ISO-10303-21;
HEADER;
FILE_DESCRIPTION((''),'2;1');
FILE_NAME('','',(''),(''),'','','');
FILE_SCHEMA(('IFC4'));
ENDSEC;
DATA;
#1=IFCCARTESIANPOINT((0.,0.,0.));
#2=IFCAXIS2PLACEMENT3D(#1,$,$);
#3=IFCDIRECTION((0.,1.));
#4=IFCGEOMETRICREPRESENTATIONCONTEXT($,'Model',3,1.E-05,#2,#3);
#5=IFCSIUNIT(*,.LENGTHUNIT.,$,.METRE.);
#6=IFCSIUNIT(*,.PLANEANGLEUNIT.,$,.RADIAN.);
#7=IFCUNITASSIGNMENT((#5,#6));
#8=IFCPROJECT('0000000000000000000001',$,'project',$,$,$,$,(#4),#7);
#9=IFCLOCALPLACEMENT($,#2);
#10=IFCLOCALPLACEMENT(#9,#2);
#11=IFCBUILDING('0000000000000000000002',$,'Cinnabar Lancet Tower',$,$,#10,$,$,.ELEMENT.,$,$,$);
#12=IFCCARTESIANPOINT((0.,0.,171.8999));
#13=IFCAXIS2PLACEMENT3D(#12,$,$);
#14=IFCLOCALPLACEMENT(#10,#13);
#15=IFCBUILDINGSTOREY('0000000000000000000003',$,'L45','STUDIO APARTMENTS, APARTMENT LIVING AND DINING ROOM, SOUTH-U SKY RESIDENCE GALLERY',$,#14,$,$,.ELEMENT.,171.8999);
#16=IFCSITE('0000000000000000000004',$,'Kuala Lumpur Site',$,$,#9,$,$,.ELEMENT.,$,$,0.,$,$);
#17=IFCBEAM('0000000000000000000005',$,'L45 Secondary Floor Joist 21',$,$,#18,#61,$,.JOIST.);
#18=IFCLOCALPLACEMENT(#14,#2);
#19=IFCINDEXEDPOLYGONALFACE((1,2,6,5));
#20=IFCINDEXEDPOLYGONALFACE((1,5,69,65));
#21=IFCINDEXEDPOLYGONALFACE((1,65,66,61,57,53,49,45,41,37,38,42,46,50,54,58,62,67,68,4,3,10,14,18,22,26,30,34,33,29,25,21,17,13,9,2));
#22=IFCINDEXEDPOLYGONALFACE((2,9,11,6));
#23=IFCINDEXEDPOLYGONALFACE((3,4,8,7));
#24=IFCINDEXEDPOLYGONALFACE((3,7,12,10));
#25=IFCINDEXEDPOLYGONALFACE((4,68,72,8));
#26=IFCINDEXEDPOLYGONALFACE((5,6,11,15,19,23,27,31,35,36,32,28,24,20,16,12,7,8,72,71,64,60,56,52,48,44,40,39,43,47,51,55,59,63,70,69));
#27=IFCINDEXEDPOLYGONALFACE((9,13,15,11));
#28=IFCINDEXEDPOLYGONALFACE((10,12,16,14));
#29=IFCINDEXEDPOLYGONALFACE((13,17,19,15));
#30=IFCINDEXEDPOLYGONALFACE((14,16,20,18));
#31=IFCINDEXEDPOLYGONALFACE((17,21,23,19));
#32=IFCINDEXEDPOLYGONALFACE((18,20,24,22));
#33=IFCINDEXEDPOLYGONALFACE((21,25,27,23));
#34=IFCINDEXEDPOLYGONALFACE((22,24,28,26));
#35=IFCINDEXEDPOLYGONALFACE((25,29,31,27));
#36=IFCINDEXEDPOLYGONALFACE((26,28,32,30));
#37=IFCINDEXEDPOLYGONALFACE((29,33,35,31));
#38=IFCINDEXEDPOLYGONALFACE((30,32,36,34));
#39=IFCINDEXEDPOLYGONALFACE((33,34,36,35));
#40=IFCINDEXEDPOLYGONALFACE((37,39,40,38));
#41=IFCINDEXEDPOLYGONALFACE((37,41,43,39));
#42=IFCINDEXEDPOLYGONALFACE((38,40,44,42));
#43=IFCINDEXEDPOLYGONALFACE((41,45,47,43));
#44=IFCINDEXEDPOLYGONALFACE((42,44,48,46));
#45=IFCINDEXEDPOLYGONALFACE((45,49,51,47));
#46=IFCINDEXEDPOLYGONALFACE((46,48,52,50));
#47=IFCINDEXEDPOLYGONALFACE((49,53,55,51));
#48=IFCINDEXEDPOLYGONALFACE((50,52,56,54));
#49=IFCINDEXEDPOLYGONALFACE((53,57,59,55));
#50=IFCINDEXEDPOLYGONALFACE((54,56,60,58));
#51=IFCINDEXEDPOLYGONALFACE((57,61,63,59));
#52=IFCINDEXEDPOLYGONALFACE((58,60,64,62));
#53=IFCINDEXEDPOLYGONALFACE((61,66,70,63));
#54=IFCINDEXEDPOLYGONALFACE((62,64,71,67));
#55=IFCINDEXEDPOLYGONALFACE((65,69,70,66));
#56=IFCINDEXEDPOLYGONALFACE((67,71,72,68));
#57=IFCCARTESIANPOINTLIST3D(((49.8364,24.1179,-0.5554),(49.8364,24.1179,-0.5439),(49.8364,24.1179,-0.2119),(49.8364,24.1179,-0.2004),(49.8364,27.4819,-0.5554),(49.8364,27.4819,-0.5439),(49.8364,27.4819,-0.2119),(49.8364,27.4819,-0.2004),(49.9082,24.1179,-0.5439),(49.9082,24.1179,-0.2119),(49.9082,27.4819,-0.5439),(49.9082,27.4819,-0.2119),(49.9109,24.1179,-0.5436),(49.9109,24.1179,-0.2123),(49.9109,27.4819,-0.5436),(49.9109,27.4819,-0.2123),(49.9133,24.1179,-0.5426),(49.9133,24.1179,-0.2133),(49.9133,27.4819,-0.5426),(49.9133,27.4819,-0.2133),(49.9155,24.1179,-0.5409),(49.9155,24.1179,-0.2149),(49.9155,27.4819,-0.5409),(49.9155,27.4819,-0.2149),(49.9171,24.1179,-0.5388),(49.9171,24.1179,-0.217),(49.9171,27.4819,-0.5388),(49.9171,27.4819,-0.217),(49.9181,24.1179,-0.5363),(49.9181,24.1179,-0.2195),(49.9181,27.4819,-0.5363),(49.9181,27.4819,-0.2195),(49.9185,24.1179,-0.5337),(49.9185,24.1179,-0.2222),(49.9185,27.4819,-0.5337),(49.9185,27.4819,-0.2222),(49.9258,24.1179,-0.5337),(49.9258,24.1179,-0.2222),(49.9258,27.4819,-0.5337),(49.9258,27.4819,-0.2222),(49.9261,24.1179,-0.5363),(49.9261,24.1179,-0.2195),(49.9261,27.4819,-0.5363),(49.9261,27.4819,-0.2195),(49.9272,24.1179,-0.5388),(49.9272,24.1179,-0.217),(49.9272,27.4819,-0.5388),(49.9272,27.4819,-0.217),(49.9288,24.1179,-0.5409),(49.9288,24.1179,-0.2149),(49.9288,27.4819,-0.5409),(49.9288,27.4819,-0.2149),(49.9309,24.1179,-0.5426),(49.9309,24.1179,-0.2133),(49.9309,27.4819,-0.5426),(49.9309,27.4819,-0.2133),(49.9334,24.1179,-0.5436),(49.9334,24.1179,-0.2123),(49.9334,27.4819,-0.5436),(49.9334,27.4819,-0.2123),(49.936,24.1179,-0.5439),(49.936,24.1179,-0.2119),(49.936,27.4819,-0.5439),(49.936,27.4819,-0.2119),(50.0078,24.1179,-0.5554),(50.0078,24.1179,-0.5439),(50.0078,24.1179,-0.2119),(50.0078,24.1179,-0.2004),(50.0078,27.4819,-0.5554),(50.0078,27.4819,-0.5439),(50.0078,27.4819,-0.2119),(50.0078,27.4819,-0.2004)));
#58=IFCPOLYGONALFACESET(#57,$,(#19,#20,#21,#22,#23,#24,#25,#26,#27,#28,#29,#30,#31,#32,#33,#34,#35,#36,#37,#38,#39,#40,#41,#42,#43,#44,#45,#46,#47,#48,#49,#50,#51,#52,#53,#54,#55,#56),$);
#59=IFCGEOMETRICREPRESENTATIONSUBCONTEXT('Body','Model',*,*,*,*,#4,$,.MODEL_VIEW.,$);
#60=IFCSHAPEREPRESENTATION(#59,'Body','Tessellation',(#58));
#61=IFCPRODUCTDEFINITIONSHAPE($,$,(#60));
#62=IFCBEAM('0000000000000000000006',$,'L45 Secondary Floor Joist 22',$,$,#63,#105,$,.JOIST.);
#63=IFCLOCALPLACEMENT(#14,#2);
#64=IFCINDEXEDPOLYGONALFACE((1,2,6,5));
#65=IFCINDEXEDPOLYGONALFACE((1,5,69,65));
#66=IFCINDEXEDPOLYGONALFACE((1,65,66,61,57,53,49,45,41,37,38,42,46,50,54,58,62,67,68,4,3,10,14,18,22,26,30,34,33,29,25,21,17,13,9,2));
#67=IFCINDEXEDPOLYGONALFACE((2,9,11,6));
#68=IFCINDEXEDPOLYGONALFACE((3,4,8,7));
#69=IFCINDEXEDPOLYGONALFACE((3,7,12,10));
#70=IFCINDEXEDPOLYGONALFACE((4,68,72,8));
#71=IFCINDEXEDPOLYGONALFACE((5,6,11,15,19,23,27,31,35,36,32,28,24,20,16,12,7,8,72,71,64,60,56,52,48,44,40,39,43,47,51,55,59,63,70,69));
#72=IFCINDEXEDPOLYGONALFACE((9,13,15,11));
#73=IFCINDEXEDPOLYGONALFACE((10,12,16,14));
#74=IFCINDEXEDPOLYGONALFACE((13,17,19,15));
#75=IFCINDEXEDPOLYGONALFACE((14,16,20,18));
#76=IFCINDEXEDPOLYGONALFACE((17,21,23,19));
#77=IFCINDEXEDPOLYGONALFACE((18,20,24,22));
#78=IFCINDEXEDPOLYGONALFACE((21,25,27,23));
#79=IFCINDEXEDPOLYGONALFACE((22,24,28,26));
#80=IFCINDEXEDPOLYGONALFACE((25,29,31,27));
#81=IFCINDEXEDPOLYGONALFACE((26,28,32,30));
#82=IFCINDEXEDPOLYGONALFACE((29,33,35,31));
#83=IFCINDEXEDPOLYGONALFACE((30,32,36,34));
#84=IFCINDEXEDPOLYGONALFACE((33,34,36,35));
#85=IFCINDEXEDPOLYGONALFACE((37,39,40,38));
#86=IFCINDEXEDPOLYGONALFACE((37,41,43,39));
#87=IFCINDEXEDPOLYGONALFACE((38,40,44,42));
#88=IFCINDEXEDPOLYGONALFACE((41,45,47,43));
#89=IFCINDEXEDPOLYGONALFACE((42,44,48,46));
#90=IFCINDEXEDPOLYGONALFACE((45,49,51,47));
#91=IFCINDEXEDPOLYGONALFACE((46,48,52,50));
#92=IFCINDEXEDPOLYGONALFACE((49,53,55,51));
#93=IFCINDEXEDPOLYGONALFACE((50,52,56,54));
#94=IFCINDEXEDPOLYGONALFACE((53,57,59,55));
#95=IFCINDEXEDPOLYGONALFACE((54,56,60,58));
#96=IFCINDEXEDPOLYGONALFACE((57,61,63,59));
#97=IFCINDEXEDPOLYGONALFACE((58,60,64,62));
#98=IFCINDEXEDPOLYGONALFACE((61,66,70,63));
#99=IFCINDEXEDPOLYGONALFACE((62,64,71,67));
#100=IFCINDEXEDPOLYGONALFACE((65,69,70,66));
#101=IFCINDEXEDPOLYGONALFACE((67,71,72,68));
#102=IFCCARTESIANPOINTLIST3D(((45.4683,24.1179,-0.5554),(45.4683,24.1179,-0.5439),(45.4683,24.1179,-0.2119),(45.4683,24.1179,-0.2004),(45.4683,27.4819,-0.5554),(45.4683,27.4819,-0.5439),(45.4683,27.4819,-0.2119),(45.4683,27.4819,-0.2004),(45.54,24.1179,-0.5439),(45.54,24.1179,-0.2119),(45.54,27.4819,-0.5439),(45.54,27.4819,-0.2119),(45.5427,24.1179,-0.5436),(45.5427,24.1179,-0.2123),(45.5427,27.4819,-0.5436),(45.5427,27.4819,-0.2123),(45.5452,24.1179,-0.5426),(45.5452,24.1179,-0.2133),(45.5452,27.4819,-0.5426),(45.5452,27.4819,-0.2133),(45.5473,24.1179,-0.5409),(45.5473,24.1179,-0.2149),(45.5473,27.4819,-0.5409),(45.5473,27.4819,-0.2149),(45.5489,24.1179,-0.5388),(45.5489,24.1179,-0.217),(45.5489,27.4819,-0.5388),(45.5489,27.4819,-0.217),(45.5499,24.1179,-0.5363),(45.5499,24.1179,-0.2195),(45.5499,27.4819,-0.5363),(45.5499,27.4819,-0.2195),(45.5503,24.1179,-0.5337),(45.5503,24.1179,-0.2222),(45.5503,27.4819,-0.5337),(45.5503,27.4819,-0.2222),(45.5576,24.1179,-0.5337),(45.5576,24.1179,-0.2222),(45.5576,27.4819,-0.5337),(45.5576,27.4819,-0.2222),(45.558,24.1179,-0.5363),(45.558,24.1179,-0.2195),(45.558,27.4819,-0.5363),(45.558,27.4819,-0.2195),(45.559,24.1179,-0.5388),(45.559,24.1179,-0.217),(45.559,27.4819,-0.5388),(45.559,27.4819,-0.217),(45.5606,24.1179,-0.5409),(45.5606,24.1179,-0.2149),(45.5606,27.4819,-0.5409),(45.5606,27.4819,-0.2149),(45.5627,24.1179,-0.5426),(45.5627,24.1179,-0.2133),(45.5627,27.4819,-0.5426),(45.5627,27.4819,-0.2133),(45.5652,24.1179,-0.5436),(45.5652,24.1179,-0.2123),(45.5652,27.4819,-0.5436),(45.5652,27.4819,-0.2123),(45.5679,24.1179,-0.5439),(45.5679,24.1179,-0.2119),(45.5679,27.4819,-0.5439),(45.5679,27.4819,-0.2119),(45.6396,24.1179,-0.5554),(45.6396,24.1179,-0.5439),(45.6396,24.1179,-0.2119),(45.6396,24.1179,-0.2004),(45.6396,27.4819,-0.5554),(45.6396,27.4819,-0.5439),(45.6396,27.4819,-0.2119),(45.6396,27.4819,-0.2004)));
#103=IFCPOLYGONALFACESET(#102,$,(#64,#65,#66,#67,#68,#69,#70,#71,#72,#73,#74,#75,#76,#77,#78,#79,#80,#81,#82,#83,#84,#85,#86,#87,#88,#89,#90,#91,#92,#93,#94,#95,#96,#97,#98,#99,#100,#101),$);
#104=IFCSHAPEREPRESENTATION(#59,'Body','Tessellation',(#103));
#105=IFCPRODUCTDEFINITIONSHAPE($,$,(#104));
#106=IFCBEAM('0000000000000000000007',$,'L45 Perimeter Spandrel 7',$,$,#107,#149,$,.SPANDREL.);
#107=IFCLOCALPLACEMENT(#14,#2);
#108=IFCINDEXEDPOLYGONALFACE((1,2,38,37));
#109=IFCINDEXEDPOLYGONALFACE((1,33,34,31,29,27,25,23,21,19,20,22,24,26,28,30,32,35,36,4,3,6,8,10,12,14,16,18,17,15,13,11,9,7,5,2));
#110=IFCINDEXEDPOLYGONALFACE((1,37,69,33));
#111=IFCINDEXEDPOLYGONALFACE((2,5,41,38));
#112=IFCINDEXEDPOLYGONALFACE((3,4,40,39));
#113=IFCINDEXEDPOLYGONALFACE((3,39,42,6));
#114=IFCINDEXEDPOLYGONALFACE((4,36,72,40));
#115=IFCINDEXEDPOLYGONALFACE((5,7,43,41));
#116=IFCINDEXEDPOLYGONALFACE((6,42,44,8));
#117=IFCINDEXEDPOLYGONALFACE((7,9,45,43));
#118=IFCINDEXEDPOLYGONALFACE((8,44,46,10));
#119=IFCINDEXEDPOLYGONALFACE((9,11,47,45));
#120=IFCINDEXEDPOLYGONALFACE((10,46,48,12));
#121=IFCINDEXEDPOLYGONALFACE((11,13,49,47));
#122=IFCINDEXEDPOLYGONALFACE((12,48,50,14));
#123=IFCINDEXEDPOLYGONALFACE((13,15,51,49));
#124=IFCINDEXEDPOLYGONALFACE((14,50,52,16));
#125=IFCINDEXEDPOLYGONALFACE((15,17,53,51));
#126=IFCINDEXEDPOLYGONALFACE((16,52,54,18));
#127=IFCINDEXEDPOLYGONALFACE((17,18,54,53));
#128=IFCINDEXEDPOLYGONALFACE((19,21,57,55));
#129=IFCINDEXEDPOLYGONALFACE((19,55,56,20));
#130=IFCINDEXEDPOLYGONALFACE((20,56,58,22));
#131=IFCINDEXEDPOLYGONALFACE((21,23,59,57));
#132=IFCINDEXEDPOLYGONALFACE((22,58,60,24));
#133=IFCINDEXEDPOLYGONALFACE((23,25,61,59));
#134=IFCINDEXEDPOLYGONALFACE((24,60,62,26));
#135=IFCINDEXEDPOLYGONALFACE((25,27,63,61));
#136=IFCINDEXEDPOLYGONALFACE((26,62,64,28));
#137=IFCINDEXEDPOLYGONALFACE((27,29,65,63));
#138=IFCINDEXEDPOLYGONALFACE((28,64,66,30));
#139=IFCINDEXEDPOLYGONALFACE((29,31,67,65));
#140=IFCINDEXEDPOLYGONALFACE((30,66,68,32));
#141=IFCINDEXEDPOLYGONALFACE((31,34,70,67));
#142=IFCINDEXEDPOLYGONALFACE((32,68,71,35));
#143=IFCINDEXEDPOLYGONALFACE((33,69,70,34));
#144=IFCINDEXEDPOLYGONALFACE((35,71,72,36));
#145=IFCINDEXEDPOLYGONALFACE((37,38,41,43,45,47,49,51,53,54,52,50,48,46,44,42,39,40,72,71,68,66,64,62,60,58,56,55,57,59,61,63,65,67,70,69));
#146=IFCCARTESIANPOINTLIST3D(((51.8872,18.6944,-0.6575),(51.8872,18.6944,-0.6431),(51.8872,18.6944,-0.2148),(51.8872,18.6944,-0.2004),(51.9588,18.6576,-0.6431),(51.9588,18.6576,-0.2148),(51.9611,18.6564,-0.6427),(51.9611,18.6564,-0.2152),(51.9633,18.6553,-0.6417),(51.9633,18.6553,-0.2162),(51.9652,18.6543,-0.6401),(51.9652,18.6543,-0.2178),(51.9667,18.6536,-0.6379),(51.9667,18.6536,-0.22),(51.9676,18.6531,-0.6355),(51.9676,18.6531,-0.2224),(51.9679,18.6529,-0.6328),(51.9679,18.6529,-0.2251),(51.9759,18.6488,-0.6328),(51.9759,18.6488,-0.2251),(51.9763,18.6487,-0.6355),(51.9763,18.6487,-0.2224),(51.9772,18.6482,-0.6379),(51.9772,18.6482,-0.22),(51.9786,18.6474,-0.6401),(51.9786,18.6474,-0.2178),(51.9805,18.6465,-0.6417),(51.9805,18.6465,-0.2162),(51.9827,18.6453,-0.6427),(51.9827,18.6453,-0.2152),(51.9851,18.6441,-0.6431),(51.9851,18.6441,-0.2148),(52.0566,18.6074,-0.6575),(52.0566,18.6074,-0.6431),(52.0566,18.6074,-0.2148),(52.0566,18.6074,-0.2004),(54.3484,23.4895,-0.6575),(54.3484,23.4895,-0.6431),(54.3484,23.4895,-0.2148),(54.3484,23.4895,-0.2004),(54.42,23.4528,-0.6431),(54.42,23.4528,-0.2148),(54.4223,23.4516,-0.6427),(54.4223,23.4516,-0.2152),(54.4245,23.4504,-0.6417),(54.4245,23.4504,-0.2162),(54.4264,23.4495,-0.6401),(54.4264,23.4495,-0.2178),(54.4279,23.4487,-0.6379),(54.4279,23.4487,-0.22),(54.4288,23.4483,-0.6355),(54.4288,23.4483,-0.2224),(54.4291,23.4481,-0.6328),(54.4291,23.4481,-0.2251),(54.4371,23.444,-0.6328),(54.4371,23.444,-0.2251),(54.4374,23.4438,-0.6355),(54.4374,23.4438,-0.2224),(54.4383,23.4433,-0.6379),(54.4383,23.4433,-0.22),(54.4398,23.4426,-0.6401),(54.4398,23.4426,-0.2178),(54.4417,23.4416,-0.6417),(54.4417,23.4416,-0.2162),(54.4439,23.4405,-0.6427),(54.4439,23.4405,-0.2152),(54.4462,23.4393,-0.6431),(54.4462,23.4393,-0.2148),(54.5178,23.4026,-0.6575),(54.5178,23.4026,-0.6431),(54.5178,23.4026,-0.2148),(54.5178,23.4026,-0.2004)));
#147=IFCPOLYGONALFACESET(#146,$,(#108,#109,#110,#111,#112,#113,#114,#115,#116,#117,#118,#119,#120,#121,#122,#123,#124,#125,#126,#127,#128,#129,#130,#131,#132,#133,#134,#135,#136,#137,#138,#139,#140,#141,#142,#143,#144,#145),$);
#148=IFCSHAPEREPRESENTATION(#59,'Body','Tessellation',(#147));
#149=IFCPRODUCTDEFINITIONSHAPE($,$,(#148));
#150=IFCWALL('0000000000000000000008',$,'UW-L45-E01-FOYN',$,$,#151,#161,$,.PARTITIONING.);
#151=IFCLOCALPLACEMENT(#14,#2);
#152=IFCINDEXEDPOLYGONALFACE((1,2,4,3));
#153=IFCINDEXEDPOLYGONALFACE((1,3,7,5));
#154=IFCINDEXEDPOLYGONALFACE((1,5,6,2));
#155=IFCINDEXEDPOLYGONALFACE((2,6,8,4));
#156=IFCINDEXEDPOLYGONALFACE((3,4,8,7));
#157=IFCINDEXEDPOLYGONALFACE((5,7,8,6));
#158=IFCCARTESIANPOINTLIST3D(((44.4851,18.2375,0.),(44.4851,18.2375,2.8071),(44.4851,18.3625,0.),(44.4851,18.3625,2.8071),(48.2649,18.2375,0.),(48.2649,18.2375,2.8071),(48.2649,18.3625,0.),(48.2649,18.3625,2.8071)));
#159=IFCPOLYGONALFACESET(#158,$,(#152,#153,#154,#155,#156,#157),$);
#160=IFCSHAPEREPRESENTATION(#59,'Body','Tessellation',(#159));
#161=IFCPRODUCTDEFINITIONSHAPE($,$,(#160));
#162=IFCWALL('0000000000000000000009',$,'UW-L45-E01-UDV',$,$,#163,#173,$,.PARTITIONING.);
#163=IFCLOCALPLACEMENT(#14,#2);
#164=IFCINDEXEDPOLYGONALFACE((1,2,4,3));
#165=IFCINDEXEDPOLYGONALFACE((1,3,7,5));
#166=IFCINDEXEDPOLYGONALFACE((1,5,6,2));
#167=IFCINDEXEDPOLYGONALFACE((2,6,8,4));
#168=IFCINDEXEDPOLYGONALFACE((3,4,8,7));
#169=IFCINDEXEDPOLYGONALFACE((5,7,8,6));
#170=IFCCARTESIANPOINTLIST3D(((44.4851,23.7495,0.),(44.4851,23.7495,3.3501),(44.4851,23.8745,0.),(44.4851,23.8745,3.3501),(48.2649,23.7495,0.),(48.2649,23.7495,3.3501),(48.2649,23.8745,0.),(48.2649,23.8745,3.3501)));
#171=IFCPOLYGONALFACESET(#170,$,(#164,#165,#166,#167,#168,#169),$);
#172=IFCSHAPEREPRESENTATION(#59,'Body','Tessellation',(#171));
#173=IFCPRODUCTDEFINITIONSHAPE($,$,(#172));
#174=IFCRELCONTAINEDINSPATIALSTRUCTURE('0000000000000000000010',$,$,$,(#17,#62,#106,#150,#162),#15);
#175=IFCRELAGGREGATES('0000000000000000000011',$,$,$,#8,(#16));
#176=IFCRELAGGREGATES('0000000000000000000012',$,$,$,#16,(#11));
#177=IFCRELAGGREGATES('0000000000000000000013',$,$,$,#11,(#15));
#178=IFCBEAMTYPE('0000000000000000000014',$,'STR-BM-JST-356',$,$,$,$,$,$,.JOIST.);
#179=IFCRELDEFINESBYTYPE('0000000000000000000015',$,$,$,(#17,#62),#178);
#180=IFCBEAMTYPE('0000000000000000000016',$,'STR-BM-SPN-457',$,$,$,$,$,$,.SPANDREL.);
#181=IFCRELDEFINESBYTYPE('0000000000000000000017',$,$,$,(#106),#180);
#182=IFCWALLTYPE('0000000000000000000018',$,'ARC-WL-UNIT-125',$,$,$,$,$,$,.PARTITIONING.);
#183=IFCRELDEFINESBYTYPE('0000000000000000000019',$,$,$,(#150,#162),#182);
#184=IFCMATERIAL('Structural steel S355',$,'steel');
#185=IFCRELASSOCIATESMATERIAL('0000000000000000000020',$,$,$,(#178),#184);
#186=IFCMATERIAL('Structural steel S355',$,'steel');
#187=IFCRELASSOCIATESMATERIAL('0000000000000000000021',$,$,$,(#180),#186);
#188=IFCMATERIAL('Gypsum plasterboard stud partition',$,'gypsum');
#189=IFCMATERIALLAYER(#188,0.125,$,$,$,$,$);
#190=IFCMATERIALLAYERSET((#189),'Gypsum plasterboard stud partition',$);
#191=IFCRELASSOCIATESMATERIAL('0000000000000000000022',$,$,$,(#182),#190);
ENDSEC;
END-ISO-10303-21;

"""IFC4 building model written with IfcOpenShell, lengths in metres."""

from ifc_helpers import new_model, si_unit, direction, frame, frame_2d, origin, origin_2d, place, context, subcontext, project, spatial, rectangle, i_section, extrude, material, layer, layer_set, material_profile, profile_set, type_object, element, save


model = new_model("IFC4")

# Units and contexts
model_context = context("Model", 3, precision=1e-05, world=origin(), true_north=direction((0.0, 1.0)))
body_context = subcontext(model_context, "Body", "Model", "MODEL_VIEW")
ifc_project = project(units=[si_unit("LENGTHUNIT", "METRE"), si_unit("PLANEANGLEUNIT", "RADIAN")], contexts=[model_context])

# Site, building, storey
site_placement = place(None, origin())
site = spatial("IfcSite", under=ifc_project, at=site_placement, Name="Kuala Lumpur Site", CompositionType="ELEMENT", RefElevation=0.0)
building_placement = place(site_placement, origin())
building = spatial("IfcBuilding", under=site, at=building_placement, Name="Cinnabar Lancet Tower", CompositionType="ELEMENT")
storey_placement = place(building_placement, frame((0.0, 0.0, 171.8999)))
storey = spatial("IfcBuildingStorey", under=building, at=storey_placement, Name="L45", Description="STUDIO APARTMENTS, APARTMENT LIVING AND DINING ROOM, SOUTH-U SKY RESIDENCE GALLERY", CompositionType="ELEMENT", Elevation=171.8999)

# Beams
ifc_material_1 = material(Name="Structural steel S355", Category="steel")
ifc_material_profile_1 = material_profile(ifc_material_1, i_section(OverallWidth=0.1714, OverallDepth=0.355, WebThickness=0.0073, FlangeThickness=0.0115, FilletRadius=0.0103, at=origin_2d()), Name="UKB 356x171x51")
ifc_profile_set_1 = profile_set([ifc_material_profile_1], Name="Structural steel S355")
beam_type_1 = type_object("IfcBeamType", Name="STR-BM-JST-356", PredefinedType="JOIST", material=ifc_profile_set_1)
for number, where, z_axis, x_axis, name in (
    (1, (49.9221, 24.1179, -0.3779), (0.0, 1.0, 0.0), (-1.0, 0.0, 0.0), "L45 Secondary Floor Joist 21"),
    (2, (45.554, 24.1179, -0.3779), (0.0, 1.0, 0.0), (-1.0, 0.0, 0.0), "L45 Secondary Floor Joist 22"),
):
    element("IfcBeam", number, at=place(storey_placement, frame(where, z_axis=z_axis, x_axis=x_axis)), inside=storey, type_object=beam_type_1, Name=name, PredefinedType="JOIST", context=body_context, shape_type="SweptSolid", body=[
        extrude(i_section(OverallWidth=0.1714, OverallDepth=0.355, WebThickness=0.0073, FlangeThickness=0.0115, FilletRadius=0.0103, at=origin_2d()), origin(), (0.0, 0.0, 1.0), 3.364),
    ])
ifc_material_2 = material(Name="Structural steel S355", Category="steel")
ifc_material_profile_2 = material_profile(ifc_material_2, i_section(OverallWidth=0.1904, OverallDepth=0.457, WebThickness=0.009, FlangeThickness=0.0144, FilletRadius=0.0103, at=origin_2d()), Name="UKB 457x191x74")
ifc_profile_set_2 = profile_set([ifc_material_profile_2], Name="Structural steel S355")
beam_type_2 = type_object("IfcBeamType", Name="STR-BM-SPN-457", PredefinedType="SPANDREL", material=ifc_profile_set_2)
beam_1_placement = place(storey_placement, frame((51.9719, 18.6509, -0.429), z_axis=(0.456628, 0.889658, 0.0), x_axis=(-0.889658, 0.456628, 0.0)))
element("IfcBeam", 3, at=beam_1_placement, inside=storey, type_object=beam_type_2, Name="L45 Perimeter Spandrel 7", PredefinedType="SPANDREL", context=body_context, shape_type="SweptSolid", body=[
    extrude(i_section(OverallWidth=0.1904, OverallDepth=0.457, WebThickness=0.009, FlangeThickness=0.0144, FilletRadius=0.0103, at=origin_2d()), origin(), (0.0, 0.0, 1.0), 5.3899),
])

# Walls
ifc_material_3 = material(Name="Gypsum plasterboard stud partition", Category="gypsum")
ifc_layer_1 = layer(ifc_material_3, 0.125)
ifc_layer_set_1 = layer_set([ifc_layer_1], Name="Gypsum plasterboard stud partition")
wall_type_1 = type_object("IfcWallType", Name="ARC-WL-UNIT-125", PredefinedType="PARTITIONING", material=ifc_layer_set_1)
wall_1_placement = place(storey_placement, frame((44.4851, 18.3, 0.0), z_axis=(0.0, 0.0, 1.0), x_axis=(1.0, 0.0, 0.0)))
element("IfcWall", 4, at=wall_1_placement, inside=storey, type_object=wall_type_1, Name="UW-L45-E01-FOYN", PredefinedType="PARTITIONING", context=body_context, shape_type="SweptSolid", body=[
    extrude(rectangle(XDim=3.7798, YDim=0.125, at=frame_2d((1.8899, 0.0))), origin(), (0.0, 0.0, 1.0), 2.8071),
])
wall_2_placement = place(storey_placement, frame((44.4851, 23.812, 0.0), z_axis=(0.0, 0.0, 1.0), x_axis=(1.0, 0.0, 0.0)))
element("IfcWall", 5, at=wall_2_placement, inside=storey, type_object=wall_type_1, Name="UW-L45-E01-UDV", PredefinedType="PARTITIONING", context=body_context, shape_type="SweptSolid", body=[
    extrude(rectangle(XDim=3.7798, YDim=0.125, at=frame_2d((1.8899, 0.0))), origin(), (0.0, 0.0, 1.0), 3.3501),
])

save(model, "model.ifc")
